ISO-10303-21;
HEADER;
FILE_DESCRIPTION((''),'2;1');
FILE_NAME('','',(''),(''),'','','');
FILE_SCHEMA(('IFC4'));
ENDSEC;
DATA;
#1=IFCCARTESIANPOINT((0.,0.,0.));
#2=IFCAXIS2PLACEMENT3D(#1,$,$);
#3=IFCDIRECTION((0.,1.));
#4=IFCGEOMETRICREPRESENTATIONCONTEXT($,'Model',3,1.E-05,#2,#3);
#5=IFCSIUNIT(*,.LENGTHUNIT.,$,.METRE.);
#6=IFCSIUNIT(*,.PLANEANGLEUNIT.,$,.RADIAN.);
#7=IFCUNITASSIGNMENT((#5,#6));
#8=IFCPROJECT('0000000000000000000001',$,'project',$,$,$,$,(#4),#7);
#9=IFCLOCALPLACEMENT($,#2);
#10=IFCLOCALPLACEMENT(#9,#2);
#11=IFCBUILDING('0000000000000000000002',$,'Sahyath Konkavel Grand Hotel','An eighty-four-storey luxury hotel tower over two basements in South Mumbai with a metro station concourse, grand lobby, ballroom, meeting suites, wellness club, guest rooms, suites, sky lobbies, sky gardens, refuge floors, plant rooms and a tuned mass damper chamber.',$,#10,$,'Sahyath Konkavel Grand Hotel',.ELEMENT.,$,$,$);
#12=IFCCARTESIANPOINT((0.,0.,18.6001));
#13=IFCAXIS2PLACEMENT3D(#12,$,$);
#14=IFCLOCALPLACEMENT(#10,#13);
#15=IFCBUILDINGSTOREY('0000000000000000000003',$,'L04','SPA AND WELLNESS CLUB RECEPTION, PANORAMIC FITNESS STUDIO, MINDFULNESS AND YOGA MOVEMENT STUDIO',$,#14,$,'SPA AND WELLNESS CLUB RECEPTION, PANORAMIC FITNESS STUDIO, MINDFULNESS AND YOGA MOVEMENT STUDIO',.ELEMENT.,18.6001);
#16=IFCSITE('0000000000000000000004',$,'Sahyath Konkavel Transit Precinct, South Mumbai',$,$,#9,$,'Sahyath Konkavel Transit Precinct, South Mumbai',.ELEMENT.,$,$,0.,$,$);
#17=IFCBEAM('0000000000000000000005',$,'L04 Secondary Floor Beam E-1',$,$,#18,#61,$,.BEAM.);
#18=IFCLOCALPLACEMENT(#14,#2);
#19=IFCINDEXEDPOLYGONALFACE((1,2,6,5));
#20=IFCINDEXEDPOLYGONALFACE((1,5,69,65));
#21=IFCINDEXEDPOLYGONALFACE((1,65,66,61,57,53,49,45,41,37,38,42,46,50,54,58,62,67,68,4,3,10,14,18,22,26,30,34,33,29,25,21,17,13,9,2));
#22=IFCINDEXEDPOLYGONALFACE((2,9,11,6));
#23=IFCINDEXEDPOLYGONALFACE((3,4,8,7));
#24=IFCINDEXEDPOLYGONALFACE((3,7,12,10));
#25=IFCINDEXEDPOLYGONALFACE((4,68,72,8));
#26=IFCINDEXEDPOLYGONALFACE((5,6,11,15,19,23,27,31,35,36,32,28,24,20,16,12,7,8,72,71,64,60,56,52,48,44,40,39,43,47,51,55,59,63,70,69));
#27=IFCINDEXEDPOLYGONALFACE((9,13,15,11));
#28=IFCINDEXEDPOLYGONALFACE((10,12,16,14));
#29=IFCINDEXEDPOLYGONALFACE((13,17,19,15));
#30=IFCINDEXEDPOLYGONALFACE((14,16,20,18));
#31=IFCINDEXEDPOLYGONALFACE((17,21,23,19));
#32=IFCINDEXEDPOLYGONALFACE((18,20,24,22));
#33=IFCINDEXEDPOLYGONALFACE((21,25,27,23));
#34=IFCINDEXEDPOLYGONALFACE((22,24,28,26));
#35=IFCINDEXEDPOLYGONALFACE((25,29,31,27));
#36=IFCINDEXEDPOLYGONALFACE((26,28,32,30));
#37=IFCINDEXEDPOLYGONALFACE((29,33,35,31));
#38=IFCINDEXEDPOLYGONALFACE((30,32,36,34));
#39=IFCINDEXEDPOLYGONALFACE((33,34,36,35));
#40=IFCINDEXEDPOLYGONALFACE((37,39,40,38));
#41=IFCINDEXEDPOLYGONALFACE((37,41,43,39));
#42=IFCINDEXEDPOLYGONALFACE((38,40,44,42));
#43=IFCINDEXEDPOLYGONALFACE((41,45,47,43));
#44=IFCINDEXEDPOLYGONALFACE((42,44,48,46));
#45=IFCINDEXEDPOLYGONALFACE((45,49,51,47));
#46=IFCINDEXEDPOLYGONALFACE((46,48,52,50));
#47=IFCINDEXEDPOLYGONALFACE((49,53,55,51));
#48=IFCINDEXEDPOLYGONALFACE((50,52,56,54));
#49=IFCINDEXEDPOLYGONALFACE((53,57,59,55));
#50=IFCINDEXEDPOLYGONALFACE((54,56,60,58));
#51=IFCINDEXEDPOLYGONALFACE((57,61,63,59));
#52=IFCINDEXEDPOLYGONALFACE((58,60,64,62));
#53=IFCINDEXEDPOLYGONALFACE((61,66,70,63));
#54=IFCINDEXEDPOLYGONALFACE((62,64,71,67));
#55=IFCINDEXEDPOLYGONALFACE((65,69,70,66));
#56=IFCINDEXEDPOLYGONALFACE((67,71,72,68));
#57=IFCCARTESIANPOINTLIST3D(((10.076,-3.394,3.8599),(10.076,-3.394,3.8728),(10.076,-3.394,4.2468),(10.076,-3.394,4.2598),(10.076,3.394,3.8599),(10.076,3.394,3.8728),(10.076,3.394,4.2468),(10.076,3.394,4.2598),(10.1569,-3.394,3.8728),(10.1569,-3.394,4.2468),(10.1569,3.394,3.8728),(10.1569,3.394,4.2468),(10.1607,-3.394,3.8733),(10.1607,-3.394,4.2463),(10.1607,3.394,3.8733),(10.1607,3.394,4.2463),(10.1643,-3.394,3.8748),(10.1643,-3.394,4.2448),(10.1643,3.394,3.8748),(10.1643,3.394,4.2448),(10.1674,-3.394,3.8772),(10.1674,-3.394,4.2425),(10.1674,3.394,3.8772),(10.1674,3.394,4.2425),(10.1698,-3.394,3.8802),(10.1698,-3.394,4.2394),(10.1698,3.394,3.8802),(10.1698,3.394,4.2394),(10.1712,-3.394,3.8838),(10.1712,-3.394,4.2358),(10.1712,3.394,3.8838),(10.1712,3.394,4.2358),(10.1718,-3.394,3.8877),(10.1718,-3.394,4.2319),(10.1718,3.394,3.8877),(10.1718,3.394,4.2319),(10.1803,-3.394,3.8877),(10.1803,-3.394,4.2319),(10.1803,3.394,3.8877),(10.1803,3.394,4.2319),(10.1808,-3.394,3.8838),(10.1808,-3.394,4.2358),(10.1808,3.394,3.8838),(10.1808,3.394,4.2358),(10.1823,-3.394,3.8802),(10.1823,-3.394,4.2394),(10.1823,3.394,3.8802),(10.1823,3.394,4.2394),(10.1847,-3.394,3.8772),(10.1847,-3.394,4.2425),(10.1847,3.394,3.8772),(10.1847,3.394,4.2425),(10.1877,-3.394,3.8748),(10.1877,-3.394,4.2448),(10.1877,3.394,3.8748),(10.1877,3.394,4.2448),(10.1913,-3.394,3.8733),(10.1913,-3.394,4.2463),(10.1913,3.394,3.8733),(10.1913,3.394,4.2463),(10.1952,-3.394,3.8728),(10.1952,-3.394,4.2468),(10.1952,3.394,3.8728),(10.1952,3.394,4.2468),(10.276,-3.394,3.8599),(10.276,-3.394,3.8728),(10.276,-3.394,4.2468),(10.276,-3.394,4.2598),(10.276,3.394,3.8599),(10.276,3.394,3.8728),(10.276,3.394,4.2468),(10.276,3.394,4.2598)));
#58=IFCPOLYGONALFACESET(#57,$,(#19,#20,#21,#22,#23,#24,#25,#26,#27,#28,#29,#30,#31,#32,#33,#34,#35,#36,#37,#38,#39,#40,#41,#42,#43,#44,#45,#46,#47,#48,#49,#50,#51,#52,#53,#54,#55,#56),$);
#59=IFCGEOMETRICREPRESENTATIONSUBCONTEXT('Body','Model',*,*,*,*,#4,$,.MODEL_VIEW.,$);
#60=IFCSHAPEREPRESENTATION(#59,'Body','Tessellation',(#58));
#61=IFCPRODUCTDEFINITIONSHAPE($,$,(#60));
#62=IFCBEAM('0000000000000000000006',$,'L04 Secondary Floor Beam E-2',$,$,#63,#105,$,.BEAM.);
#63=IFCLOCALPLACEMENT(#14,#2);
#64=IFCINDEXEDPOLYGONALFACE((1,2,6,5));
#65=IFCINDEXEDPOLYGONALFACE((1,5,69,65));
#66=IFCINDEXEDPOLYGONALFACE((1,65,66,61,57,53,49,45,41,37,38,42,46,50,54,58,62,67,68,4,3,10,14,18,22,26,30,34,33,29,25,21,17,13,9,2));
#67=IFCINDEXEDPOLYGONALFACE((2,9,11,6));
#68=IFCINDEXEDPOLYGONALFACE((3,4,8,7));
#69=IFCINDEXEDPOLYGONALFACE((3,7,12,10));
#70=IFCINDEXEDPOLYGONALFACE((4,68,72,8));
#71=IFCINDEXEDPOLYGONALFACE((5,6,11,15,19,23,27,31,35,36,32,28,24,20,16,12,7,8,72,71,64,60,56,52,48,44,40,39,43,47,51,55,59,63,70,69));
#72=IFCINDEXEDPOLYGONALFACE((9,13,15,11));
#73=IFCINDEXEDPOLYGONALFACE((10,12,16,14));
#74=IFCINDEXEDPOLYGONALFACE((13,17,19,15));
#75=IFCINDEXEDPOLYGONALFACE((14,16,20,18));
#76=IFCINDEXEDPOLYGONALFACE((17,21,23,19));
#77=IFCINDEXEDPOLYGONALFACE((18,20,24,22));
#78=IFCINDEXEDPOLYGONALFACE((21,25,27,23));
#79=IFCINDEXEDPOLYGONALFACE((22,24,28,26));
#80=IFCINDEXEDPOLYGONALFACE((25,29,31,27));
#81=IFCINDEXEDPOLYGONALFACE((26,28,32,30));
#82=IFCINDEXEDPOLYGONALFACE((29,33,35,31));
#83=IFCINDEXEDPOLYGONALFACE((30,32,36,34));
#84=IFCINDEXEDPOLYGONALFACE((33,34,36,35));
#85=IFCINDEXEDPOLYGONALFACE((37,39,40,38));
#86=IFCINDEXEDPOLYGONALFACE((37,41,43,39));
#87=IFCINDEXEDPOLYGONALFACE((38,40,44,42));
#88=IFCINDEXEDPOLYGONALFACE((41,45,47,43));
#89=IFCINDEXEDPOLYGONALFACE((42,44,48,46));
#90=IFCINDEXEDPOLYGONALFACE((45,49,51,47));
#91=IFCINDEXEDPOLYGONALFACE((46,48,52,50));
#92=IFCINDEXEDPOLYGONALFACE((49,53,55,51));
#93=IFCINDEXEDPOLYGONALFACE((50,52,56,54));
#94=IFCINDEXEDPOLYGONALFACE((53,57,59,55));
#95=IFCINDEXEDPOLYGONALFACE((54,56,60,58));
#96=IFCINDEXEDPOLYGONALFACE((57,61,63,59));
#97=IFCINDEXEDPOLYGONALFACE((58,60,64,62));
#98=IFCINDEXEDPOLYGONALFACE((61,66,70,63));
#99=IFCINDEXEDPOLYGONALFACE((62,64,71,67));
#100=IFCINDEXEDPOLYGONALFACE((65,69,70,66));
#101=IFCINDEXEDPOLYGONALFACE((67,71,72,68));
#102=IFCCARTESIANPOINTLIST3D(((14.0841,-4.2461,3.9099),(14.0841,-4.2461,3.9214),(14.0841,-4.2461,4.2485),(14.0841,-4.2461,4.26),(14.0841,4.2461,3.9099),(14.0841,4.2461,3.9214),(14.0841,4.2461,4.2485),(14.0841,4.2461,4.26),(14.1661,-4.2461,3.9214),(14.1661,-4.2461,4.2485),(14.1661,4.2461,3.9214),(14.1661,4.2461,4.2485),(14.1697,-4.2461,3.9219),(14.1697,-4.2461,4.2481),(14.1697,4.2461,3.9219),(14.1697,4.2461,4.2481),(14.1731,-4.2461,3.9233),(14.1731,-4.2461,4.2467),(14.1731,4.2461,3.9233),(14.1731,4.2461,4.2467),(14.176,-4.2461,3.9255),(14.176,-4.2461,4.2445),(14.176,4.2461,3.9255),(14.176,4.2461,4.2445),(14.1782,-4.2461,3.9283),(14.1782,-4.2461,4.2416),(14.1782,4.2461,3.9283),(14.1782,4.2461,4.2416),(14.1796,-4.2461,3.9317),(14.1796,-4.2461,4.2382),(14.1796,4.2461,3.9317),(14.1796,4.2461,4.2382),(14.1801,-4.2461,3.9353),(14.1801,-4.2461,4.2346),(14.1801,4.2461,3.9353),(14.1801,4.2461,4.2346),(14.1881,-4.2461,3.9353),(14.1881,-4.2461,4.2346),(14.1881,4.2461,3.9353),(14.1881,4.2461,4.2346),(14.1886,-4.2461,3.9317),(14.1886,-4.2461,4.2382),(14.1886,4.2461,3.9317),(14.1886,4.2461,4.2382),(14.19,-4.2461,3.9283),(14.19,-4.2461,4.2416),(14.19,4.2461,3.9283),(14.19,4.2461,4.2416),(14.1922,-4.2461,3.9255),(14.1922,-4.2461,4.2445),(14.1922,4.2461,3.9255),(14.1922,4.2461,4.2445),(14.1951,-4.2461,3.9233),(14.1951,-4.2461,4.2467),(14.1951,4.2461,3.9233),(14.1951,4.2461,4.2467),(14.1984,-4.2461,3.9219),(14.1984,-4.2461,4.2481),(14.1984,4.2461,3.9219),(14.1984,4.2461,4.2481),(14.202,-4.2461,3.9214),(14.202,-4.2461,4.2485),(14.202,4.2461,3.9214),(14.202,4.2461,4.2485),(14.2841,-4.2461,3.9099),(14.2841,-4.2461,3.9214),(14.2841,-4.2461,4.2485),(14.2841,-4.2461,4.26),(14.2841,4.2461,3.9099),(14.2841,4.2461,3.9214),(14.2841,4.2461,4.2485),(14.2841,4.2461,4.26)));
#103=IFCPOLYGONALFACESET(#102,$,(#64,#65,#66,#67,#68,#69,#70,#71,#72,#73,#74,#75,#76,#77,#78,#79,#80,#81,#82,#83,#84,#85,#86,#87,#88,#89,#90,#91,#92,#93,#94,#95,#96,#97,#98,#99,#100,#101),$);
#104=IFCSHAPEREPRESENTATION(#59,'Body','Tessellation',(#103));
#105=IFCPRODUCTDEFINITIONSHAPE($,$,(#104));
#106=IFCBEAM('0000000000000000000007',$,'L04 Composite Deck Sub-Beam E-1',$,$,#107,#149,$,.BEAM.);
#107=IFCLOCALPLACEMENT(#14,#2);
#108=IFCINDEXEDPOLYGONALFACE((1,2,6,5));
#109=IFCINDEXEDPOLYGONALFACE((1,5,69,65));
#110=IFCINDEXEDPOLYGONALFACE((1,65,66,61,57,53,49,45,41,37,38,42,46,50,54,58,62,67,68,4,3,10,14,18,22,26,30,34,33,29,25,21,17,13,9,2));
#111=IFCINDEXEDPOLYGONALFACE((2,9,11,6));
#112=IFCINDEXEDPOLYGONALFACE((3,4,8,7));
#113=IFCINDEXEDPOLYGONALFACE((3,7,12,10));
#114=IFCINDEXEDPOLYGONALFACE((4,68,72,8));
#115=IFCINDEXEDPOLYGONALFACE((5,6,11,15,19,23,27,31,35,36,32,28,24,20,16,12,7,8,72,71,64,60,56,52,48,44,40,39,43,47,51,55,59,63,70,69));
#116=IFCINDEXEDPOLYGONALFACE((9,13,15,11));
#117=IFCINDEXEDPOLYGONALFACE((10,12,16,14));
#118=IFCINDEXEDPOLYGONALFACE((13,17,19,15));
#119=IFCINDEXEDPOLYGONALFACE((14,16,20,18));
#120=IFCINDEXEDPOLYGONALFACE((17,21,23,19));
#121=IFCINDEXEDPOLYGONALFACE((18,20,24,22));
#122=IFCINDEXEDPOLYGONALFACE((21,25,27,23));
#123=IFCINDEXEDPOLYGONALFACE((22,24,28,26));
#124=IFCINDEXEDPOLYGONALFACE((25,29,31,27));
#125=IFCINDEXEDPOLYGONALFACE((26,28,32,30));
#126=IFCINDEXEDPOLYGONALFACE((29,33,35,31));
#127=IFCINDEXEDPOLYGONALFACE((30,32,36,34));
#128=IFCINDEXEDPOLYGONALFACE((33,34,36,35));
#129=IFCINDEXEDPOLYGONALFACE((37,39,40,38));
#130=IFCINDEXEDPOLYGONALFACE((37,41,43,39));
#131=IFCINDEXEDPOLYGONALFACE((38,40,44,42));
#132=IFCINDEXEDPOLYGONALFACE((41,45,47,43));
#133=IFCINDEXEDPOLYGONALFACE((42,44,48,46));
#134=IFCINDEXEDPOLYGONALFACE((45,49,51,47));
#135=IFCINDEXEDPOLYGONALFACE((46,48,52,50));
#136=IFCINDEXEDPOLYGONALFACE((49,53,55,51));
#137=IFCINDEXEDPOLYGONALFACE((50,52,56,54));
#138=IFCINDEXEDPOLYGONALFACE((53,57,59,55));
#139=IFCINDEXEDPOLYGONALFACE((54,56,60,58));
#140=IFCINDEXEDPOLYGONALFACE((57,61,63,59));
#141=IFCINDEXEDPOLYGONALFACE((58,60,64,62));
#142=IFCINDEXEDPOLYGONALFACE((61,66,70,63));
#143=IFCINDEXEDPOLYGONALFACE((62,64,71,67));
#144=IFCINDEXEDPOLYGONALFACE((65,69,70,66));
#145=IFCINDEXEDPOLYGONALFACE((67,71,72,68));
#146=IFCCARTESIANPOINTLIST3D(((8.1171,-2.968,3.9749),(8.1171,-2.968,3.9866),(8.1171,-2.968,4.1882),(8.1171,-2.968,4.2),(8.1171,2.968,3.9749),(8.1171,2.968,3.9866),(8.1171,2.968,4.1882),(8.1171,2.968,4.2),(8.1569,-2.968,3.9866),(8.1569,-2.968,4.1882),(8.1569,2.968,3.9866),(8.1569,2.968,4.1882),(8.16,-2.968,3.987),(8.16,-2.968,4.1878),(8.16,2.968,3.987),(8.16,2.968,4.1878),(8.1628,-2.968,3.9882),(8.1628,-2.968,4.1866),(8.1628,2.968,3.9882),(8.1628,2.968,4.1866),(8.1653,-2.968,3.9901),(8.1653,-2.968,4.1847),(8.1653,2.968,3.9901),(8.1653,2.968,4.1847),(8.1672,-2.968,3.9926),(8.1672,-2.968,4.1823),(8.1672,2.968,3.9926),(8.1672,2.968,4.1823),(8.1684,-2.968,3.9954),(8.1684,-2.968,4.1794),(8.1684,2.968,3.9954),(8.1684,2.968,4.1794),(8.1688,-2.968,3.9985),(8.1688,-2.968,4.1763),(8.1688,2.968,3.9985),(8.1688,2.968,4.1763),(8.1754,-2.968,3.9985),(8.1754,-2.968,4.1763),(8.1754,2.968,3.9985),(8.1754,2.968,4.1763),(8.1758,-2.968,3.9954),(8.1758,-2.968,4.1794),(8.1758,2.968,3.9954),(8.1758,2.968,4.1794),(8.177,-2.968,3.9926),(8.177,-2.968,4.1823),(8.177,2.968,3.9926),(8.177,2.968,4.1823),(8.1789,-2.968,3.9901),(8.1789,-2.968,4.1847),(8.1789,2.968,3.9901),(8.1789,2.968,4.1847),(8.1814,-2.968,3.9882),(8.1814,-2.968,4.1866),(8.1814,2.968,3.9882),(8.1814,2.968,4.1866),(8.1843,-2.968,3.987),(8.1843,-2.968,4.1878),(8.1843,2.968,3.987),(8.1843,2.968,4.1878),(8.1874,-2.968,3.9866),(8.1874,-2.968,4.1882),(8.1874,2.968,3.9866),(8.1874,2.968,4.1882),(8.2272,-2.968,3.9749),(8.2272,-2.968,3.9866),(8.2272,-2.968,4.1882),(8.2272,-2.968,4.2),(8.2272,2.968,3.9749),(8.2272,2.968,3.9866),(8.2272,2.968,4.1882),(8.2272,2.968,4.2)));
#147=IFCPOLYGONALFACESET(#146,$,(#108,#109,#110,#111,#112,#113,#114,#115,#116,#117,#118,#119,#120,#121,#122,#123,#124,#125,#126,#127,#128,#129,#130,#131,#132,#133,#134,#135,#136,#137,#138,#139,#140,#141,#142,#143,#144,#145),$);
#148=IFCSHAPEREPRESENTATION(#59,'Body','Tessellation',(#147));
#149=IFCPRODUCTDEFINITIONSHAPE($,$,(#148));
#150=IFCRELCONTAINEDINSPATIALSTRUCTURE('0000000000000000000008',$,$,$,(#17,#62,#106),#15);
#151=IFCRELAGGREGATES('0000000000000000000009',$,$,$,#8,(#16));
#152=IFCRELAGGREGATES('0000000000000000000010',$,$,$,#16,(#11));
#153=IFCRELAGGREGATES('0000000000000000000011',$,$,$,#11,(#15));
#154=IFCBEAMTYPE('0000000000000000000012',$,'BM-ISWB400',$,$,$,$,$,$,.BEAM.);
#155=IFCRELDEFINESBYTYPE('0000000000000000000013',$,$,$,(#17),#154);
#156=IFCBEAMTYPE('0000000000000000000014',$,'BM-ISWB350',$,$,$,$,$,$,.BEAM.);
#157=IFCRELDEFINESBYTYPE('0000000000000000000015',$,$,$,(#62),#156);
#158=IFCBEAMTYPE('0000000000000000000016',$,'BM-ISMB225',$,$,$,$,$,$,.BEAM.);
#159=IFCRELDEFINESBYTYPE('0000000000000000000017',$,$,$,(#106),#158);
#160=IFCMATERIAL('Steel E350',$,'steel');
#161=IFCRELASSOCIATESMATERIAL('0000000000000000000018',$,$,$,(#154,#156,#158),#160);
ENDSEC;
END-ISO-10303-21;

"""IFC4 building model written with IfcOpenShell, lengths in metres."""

from ifc_helpers import new_model, si_unit, direction, frame, origin, origin_2d, place, context, subcontext, project, spatial, i_section, extrude, source, transform, mapped, material, material_profile, profile_set, type_object, element, save


model = new_model("IFC4")

# Units and contexts
model_context = context("Model", 3, precision=1e-05, world=origin(), true_north=direction((0.0, 1.0)))
body_context = subcontext(model_context, "Body", "Model", "MODEL_VIEW")
ifc_project = project(units=[si_unit("LENGTHUNIT", "METRE"), si_unit("PLANEANGLEUNIT", "RADIAN")], contexts=[model_context])

# Site, building, storey
site_placement = place(None, origin())
site = spatial("IfcSite", under=ifc_project, at=site_placement, Name="Sahyath Konkavel Transit Precinct, South Mumbai", LongName="Sahyath Konkavel Transit Precinct, South Mumbai", CompositionType="ELEMENT", RefElevation=0.0)
building_placement = place(site_placement, origin())
building = spatial("IfcBuilding", under=site, at=building_placement, Name="Sahyath Konkavel Grand Hotel", Description="An eighty-four-storey luxury hotel tower over two basements in South Mumbai with a metro station concourse, grand lobby, ballroom, meeting suites, wellness club, guest rooms, suites, sky lobbies, sky gardens, refuge floors, plant rooms and a tuned mass damper chamber.", LongName="Sahyath Konkavel Grand Hotel", CompositionType="ELEMENT")
storey_placement = place(building_placement, frame((0.0, 0.0, 18.6001)))
storey = spatial("IfcBuildingStorey", under=building, at=storey_placement, Name="L04", Description="SPA AND WELLNESS CLUB RECEPTION, PANORAMIC FITNESS STUDIO, MINDFULNESS AND YOGA MOVEMENT STUDIO", LongName="SPA AND WELLNESS CLUB RECEPTION, PANORAMIC FITNESS STUDIO, MINDFULNESS AND YOGA MOVEMENT STUDIO", CompositionType="ELEMENT", Elevation=18.6001)

# Shared definitions
ifc_material_1 = material(Name="Steel E350", Category="steel")

# Beams
ifc_material_profile_1 = material_profile(ifc_material_1, i_section(OverallWidth=0.2, OverallDepth=0.3999, WebThickness=0.0085, FlangeThickness=0.0129, FilletRadius=0.0149, at=origin_2d()), Name="ISWB 400")
ifc_profile_set_1 = profile_set([ifc_material_profile_1], Name="Steel E350")
beam_type_1 = type_object("IfcBeamType", Name="BM-ISWB400", PredefinedType="BEAM", material=ifc_profile_set_1)
shared_shape_1 = source(origin(), body_context, "Body", "SweptSolid", [
    extrude(i_section(OverallWidth=0.2, OverallDepth=0.3999, WebThickness=0.0085, FlangeThickness=0.0129, FilletRadius=0.0149, at=origin_2d()), origin(), (0.0, 0.0, 1.0), 6.7881),
])
beam_1_placement = place(storey_placement, frame((10.176, -3.394, 4.0598), z_axis=(0.0, 1.0, 0.0), x_axis=(-1.0, 0.0, 0.0)))
element("IfcBeam", 1, at=beam_1_placement, inside=storey, type_object=beam_type_1, Name="L04 Secondary Floor Beam E-1", PredefinedType="BEAM", context=body_context, shape_type="MappedRepresentation", body=[
    mapped(shared_shape_1, transform((0.0, 0.0, 0.0), scale=1.0)),
])
ifc_material_profile_2 = material_profile(ifc_material_1, i_section(OverallWidth=0.2, OverallDepth=0.3501, WebThickness=0.0081, FlangeThickness=0.0115, FilletRadius=0.0139, at=origin_2d()), Name="ISWB 350")
ifc_profile_set_2 = profile_set([ifc_material_profile_2], Name="Steel E350")
beam_type_2 = type_object("IfcBeamType", Name="BM-ISWB350", PredefinedType="BEAM", material=ifc_profile_set_2)
shared_shape_2 = source(origin(), body_context, "Body", "SweptSolid", [
    extrude(i_section(OverallWidth=0.2, OverallDepth=0.3501, WebThickness=0.0081, FlangeThickness=0.0115, FilletRadius=0.0139, at=origin_2d()), origin(), (0.0, 0.0, 1.0), 8.4922),
])
beam_2_placement = place(storey_placement, frame((14.1841, -4.2461, 4.085), z_axis=(0.0, 1.0, 0.0), x_axis=(-1.0, 0.0, 0.0)))
element("IfcBeam", 2, at=beam_2_placement, inside=storey, type_object=beam_type_2, Name="L04 Secondary Floor Beam E-2", PredefinedType="BEAM", context=body_context, shape_type="MappedRepresentation", body=[
    mapped(shared_shape_2, transform((0.0, 0.0, 0.0), scale=1.0)),
])
ifc_material_profile_3 = material_profile(ifc_material_1, i_section(OverallWidth=0.1101, OverallDepth=0.2251, WebThickness=0.0066, FlangeThickness=0.0117, FilletRadius=0.012, at=origin_2d()), Name="ISMB 225")
ifc_profile_set_3 = profile_set([ifc_material_profile_3], Name="Steel E350")
beam_type_3 = type_object("IfcBeamType", Name="BM-ISMB225", PredefinedType="BEAM", material=ifc_profile_set_3)
shared_shape_3 = source(origin(), body_context, "Body", "SweptSolid", [
    extrude(i_section(OverallWidth=0.1101, OverallDepth=0.2251, WebThickness=0.0066, FlangeThickness=0.0117, FilletRadius=0.012, at=origin_2d()), origin(), (0.0, 0.0, 1.0), 5.936),
])
beam_3_placement = place(storey_placement, frame((8.1721, -2.968, 4.0874), z_axis=(0.0, 1.0, 0.0), x_axis=(-1.0, 0.0, 0.0)))
element("IfcBeam", 3, at=beam_3_placement, inside=storey, type_object=beam_type_3, Name="L04 Composite Deck Sub-Beam E-1", PredefinedType="BEAM", context=body_context, shape_type="MappedRepresentation", body=[
    mapped(shared_shape_3, transform((0.0, 0.0, 0.0), scale=1.0)),
])

save(model, "model.ifc")
